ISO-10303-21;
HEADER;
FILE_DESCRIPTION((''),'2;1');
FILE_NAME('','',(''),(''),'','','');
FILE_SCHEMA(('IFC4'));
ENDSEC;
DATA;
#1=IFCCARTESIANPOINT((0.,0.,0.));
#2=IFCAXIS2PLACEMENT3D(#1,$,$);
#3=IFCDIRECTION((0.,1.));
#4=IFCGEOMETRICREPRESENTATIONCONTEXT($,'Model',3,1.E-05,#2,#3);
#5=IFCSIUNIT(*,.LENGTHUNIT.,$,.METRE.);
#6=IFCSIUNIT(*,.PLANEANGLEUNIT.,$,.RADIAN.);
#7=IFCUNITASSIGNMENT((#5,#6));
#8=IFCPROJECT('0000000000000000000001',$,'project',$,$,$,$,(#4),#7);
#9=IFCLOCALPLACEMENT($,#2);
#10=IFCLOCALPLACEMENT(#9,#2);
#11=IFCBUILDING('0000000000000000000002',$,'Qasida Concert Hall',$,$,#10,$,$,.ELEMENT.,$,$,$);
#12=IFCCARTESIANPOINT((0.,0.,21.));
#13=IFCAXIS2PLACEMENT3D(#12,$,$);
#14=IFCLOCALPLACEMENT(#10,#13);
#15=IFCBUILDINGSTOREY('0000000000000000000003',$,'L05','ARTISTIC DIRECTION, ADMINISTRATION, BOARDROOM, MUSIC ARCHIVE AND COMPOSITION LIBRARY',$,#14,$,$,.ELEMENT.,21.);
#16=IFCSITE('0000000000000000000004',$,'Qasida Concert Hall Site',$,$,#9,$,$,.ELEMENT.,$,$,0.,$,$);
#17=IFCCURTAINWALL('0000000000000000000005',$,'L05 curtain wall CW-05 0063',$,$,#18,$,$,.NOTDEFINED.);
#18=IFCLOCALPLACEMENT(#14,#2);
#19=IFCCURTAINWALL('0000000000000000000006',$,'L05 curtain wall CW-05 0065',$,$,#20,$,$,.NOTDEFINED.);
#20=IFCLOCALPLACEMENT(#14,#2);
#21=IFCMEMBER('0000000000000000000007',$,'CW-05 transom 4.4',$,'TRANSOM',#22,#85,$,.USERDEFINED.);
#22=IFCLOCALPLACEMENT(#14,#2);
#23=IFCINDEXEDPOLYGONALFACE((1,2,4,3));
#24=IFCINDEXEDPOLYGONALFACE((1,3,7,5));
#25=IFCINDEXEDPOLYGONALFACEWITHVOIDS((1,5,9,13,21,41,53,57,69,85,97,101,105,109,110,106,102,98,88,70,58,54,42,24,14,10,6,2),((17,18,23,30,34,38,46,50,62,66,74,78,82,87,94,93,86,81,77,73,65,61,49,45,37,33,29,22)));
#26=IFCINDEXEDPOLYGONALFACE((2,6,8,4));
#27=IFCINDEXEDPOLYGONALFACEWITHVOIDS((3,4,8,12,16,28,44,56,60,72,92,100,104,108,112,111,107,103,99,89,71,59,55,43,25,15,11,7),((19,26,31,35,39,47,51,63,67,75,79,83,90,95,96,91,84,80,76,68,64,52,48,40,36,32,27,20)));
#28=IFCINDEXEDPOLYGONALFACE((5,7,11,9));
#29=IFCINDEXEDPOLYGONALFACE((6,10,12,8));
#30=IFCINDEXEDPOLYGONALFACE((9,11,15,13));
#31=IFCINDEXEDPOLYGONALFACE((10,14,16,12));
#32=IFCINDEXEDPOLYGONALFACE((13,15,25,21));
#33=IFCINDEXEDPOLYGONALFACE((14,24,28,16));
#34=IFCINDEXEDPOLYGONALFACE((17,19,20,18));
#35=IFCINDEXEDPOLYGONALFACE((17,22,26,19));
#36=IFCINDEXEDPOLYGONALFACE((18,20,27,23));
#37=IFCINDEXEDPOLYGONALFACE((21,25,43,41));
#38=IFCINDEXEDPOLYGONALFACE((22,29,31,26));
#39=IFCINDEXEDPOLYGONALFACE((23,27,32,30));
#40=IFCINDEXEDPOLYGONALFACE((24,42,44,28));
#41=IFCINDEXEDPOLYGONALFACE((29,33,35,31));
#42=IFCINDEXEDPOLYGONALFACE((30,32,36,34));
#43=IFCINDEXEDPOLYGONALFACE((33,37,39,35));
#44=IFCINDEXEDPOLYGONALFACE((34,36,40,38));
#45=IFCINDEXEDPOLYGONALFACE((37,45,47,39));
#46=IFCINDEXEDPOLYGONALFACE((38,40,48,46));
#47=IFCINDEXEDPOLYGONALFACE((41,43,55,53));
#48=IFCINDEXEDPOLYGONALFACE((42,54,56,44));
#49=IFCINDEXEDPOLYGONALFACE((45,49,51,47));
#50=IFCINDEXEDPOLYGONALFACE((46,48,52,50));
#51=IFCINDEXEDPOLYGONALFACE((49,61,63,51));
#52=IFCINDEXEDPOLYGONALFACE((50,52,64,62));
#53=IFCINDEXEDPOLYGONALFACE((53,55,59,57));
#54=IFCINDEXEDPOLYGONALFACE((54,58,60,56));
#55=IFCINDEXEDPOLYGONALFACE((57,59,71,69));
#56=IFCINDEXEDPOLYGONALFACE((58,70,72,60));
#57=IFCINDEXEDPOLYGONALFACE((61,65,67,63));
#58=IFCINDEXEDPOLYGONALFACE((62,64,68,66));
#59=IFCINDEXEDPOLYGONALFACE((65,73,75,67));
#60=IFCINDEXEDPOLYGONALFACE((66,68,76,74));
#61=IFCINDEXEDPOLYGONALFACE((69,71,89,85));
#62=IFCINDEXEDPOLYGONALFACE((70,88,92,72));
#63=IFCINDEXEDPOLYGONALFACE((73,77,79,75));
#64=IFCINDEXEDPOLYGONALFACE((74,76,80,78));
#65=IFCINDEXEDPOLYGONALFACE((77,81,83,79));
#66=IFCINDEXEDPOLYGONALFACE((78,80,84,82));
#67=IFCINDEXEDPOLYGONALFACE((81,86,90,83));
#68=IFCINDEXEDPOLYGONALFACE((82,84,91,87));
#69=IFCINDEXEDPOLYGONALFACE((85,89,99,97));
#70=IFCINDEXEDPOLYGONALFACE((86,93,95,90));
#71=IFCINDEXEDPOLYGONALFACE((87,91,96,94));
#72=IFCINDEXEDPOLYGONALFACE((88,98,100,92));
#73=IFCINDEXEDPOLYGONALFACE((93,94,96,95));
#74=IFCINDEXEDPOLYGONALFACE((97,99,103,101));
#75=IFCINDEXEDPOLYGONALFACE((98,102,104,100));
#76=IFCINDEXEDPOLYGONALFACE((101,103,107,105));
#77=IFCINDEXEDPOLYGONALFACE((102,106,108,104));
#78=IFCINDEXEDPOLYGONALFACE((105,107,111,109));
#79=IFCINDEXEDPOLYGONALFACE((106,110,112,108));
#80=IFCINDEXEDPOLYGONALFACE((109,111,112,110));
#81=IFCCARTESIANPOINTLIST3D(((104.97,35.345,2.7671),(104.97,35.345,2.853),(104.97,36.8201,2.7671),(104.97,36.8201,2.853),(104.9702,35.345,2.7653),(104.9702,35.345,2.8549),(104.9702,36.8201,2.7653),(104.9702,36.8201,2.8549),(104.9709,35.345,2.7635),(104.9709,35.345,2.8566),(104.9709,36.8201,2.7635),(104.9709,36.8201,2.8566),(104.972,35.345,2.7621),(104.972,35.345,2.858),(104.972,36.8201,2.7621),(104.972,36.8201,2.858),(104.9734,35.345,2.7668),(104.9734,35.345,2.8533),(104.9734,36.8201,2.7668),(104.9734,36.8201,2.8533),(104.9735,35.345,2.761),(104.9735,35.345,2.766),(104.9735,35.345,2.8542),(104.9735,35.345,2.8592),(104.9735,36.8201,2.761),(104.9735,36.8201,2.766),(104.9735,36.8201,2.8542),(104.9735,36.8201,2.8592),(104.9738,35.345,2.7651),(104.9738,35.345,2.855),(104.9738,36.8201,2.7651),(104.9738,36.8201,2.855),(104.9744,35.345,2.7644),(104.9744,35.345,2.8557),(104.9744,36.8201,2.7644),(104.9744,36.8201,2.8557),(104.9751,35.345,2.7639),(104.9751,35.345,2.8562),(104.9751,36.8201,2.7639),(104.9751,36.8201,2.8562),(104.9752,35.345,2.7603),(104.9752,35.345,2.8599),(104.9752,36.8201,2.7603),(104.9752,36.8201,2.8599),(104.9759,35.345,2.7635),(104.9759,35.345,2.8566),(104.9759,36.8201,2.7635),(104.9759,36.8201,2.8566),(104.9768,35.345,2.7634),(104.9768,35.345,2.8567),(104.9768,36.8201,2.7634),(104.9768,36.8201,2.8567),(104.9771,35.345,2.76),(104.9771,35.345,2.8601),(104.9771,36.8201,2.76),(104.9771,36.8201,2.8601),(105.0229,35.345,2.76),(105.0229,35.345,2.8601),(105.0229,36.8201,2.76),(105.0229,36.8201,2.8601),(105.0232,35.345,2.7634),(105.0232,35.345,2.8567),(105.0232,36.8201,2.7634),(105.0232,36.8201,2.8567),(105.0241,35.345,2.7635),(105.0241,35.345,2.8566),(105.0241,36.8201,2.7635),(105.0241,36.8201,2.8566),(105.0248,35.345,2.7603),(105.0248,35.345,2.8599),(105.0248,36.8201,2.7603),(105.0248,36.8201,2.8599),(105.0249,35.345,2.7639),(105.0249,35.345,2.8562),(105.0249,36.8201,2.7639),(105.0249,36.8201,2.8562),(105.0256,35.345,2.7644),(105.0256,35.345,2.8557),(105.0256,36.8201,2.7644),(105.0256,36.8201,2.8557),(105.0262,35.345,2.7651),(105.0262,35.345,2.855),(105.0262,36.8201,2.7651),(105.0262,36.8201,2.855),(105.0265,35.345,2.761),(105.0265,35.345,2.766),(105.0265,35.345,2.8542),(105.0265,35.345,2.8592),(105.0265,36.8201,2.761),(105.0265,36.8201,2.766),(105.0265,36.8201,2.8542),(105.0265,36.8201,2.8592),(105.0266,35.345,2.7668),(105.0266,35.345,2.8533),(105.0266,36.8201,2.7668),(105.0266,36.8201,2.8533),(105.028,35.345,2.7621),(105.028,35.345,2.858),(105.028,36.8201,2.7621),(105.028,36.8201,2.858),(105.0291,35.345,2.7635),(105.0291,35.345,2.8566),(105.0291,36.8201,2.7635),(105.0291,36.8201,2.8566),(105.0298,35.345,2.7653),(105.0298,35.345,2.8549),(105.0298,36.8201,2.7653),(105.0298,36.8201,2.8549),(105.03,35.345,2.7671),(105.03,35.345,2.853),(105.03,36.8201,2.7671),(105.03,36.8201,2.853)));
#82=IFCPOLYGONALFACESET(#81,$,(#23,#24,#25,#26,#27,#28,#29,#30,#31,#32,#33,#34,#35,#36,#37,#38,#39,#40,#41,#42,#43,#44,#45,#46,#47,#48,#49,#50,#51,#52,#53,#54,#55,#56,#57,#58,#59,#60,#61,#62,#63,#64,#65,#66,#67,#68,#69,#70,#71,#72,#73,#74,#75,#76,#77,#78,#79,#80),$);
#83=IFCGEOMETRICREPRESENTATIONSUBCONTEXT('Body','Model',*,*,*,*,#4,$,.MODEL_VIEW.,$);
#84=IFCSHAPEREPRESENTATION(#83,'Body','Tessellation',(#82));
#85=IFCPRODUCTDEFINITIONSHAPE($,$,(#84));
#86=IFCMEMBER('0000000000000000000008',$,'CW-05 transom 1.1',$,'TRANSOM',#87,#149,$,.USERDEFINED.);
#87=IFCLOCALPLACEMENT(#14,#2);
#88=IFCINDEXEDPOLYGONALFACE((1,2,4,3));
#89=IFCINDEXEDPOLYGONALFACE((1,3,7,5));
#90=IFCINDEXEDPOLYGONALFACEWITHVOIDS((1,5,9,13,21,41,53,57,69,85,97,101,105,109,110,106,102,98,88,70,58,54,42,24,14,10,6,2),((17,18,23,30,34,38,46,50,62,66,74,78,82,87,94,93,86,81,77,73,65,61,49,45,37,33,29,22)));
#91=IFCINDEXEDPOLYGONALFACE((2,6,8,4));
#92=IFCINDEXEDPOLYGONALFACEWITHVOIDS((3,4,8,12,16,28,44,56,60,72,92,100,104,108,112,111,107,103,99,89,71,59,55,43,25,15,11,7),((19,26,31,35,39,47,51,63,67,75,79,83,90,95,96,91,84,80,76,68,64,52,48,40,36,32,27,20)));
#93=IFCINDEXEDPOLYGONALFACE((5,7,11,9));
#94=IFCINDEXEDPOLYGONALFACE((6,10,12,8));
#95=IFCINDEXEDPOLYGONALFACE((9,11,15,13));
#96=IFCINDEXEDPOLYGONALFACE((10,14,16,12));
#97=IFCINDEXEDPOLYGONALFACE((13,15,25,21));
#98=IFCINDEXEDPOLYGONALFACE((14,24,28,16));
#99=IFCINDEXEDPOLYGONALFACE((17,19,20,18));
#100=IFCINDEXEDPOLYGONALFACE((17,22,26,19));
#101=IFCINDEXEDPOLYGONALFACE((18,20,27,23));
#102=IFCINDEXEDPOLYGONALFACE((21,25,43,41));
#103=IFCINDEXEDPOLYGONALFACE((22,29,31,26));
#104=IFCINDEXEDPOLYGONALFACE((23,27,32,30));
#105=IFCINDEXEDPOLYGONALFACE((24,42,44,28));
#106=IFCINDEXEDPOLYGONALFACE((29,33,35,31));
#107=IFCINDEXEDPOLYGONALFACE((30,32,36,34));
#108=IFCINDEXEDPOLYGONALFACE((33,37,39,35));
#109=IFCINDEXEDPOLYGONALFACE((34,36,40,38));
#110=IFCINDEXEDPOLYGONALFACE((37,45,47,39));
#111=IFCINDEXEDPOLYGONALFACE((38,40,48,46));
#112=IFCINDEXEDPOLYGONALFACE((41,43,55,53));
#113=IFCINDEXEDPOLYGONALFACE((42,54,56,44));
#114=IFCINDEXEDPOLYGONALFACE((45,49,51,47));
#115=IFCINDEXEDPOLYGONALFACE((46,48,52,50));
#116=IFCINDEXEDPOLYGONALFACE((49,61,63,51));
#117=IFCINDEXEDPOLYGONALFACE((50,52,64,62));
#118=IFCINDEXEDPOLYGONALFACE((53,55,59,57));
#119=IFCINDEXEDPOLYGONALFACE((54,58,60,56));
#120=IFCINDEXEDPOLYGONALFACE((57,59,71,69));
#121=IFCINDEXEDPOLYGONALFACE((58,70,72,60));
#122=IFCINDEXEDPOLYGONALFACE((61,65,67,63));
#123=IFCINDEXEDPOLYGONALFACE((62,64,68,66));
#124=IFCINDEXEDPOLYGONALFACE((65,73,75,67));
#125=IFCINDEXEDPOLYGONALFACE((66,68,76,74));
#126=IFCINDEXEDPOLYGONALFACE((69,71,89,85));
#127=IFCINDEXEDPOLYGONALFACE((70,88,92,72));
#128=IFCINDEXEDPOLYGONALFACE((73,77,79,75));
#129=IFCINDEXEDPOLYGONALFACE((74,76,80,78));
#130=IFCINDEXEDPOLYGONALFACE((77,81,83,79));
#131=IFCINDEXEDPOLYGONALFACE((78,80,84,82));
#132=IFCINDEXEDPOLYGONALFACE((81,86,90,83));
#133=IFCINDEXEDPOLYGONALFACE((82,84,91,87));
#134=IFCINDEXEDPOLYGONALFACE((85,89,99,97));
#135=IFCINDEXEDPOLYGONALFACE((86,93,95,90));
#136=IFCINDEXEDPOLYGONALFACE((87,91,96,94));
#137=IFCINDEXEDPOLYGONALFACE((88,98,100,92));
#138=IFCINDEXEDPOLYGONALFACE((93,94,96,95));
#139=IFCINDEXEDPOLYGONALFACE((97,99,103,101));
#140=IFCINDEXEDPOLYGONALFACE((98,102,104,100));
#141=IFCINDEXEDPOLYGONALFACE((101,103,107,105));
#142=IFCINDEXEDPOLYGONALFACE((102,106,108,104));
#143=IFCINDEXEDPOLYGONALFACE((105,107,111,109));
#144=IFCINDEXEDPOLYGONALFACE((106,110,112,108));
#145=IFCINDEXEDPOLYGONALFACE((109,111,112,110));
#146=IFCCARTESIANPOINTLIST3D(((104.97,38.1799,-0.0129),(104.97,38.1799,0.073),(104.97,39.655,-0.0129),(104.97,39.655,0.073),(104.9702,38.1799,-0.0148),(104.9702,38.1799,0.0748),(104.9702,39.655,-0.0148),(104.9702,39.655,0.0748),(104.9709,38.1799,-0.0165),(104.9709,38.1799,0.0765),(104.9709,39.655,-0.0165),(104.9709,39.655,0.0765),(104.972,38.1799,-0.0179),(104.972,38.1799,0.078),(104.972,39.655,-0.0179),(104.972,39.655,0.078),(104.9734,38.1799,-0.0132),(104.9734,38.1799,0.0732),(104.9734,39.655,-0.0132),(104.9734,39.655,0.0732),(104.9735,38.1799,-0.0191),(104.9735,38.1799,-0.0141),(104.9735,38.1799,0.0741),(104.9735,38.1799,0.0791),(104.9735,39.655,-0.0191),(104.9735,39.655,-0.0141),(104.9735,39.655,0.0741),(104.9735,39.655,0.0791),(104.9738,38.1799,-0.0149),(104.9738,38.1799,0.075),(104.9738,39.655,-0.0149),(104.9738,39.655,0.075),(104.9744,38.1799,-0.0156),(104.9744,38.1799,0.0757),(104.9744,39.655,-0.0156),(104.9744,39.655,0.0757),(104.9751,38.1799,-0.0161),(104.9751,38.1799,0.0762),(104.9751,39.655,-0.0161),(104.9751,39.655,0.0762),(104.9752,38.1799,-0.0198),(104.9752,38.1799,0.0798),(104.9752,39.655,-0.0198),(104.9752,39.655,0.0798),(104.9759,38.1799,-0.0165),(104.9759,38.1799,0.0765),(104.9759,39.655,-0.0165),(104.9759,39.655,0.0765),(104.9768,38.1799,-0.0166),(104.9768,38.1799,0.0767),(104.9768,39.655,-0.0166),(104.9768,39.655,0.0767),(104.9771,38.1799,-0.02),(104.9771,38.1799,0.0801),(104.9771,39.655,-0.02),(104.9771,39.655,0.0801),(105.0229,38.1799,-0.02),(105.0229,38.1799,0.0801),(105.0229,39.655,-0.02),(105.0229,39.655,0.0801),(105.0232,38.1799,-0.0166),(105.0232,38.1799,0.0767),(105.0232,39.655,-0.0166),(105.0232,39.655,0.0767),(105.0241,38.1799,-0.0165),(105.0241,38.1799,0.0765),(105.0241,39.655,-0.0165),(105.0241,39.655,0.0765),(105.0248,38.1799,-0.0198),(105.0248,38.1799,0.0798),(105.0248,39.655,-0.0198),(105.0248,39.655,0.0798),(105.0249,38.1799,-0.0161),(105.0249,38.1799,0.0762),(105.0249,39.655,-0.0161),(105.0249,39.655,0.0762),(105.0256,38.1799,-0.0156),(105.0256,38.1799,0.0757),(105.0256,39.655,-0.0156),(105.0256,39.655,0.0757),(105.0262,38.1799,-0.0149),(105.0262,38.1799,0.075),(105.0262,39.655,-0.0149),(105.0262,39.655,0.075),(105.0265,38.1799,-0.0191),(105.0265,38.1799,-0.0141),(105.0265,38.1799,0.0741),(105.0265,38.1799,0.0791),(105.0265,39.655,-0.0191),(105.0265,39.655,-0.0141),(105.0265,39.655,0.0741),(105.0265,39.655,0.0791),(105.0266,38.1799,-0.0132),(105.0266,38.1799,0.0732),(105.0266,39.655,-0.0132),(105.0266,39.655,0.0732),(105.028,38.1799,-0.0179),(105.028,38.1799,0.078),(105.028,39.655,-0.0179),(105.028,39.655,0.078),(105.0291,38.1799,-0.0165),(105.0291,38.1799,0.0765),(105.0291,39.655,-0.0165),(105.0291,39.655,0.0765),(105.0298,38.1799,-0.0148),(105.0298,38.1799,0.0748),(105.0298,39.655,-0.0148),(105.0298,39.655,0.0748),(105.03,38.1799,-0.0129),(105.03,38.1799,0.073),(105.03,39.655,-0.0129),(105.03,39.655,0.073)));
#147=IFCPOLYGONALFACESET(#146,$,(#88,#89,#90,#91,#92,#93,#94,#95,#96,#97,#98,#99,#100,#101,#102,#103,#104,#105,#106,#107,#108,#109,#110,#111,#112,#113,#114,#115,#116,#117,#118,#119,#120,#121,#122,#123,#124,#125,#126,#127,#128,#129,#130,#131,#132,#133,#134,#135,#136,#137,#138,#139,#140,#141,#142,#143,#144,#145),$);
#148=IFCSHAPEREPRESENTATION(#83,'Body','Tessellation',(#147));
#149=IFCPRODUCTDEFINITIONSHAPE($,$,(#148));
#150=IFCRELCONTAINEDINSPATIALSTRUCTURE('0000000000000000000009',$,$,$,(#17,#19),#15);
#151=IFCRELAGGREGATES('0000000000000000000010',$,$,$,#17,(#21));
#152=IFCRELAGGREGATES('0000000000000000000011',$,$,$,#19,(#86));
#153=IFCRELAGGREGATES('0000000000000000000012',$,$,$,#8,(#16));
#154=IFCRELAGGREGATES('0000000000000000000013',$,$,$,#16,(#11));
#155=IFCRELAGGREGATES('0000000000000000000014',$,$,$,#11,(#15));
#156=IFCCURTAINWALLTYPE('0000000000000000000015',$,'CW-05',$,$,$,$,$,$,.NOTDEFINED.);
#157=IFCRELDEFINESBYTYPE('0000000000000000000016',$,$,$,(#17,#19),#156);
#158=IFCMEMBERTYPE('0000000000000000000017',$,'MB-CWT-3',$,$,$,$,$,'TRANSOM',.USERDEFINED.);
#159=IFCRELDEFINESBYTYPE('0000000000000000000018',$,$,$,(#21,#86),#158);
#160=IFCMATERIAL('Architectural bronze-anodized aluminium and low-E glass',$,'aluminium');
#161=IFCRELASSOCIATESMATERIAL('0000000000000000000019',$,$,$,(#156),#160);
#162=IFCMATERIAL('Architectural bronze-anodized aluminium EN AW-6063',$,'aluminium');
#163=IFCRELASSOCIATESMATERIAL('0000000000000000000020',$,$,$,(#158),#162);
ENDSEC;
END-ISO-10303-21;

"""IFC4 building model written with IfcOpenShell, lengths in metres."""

from ifc_helpers import new_model, si_unit, direction, frame, origin, origin_2d, place, context, subcontext, project, spatial, hollow_rectangle, extrude, material, material_profile, profile_set, type_object, element, aggregate, save


model = new_model("IFC4")

# Units and contexts
model_context = context("Model", 3, precision=1e-05, world=origin(), true_north=direction((0.0, 1.0)))
body_context = subcontext(model_context, "Body", "Model", "MODEL_VIEW")
ifc_project = project(units=[si_unit("LENGTHUNIT", "METRE"), si_unit("PLANEANGLEUNIT", "RADIAN")], contexts=[model_context])

# Site, building, storey
site_placement = place(None, origin())
site = spatial("IfcSite", under=ifc_project, at=site_placement, Name="Qasida Concert Hall Site", CompositionType="ELEMENT", RefElevation=0.0)
building_placement = place(site_placement, origin())
building = spatial("IfcBuilding", under=site, at=building_placement, Name="Qasida Concert Hall", CompositionType="ELEMENT")
storey_placement = place(building_placement, frame((0.0, 0.0, 21.0)))
storey = spatial("IfcBuildingStorey", under=building, at=storey_placement, Name="L05", Description="ARTISTIC DIRECTION, ADMINISTRATION, BOARDROOM, MUSIC ARCHIVE AND COMPOSITION LIBRARY", CompositionType="ELEMENT", Elevation=21.0)

# Curtain walls
ifc_material_1 = material(Name="Architectural bronze-anodized aluminium and low-E glass", Category="aluminium")
curtain_wall_type = type_object("IfcCurtainWallType", Name="CW-05", PredefinedType="NOTDEFINED", material=ifc_material_1)
curtain_wall_1_placement = place(storey_placement, origin())
curtain_wall_1 = element("IfcCurtainWall", 1, at=curtain_wall_1_placement, inside=storey, type_object=curtain_wall_type, Name="L05 curtain wall CW-05 0063", PredefinedType="NOTDEFINED")
ifc_material_2 = material(Name="Architectural bronze-anodized aluminium EN AW-6063", Category="aluminium")
curtain_wall_2_placement = place(storey_placement, origin())
curtain_wall_2 = element("IfcCurtainWall", 2, at=curtain_wall_2_placement, inside=storey, type_object=curtain_wall_type, Name="L05 curtain wall CW-05 0065", PredefinedType="NOTDEFINED")

# Members
ifc_material_profile_1 = material_profile(ifc_material_2, hollow_rectangle(XDim=0.0601, YDim=0.1001, WallThickness=0.0034, InnerFilletRadius=0.0034, OuterFilletRadius=0.0071, at=origin_2d()), Name="CWT 100x60x3.5")
ifc_profile_set_1 = profile_set([ifc_material_profile_1], Name="Architectural bronze-anodized aluminium EN AW-6063")
member_type_1 = type_object("IfcMemberType", Name="MB-CWT-3", ElementType="TRANSOM", PredefinedType="USERDEFINED", material=ifc_profile_set_1)
member_1_placement = place(storey_placement, frame((105.0, 35.345, 2.8101), z_axis=(0.0, 1.0, 0.0), x_axis=(-1.0, 0.0, 0.0)))
member_1 = element("IfcMember", 3, at=member_1_placement, type_object=member_type_1, Name="CW-05 transom 4.4", ObjectType="TRANSOM", PredefinedType="USERDEFINED", context=body_context, shape_type="SweptSolid", body=[
    extrude(hollow_rectangle(XDim=0.0601, YDim=0.1001, WallThickness=0.0034, InnerFilletRadius=0.0034, OuterFilletRadius=0.0071, at=origin_2d()), origin(), (0.0, 0.0, 1.0), 1.4751),
])
member_2_placement = place(storey_placement, frame((105.0, 38.1799, 0.03), z_axis=(0.0, 1.0, 0.0), x_axis=(-1.0, 0.0, 0.0)))
member_2 = element("IfcMember", 4, at=member_2_placement, type_object=member_type_1, Name="CW-05 transom 1.1", ObjectType="TRANSOM", PredefinedType="USERDEFINED", context=body_context, shape_type="SweptSolid", body=[
    extrude(hollow_rectangle(XDim=0.0601, YDim=0.1001, WallThickness=0.0034, InnerFilletRadius=0.0034, OuterFilletRadius=0.0071, at=origin_2d()), origin(), (0.0, 0.0, 1.0), 1.4751),
])

aggregate(curtain_wall_1, [member_1])
aggregate(curtain_wall_2, [member_2])

save(model, "model.ifc")
